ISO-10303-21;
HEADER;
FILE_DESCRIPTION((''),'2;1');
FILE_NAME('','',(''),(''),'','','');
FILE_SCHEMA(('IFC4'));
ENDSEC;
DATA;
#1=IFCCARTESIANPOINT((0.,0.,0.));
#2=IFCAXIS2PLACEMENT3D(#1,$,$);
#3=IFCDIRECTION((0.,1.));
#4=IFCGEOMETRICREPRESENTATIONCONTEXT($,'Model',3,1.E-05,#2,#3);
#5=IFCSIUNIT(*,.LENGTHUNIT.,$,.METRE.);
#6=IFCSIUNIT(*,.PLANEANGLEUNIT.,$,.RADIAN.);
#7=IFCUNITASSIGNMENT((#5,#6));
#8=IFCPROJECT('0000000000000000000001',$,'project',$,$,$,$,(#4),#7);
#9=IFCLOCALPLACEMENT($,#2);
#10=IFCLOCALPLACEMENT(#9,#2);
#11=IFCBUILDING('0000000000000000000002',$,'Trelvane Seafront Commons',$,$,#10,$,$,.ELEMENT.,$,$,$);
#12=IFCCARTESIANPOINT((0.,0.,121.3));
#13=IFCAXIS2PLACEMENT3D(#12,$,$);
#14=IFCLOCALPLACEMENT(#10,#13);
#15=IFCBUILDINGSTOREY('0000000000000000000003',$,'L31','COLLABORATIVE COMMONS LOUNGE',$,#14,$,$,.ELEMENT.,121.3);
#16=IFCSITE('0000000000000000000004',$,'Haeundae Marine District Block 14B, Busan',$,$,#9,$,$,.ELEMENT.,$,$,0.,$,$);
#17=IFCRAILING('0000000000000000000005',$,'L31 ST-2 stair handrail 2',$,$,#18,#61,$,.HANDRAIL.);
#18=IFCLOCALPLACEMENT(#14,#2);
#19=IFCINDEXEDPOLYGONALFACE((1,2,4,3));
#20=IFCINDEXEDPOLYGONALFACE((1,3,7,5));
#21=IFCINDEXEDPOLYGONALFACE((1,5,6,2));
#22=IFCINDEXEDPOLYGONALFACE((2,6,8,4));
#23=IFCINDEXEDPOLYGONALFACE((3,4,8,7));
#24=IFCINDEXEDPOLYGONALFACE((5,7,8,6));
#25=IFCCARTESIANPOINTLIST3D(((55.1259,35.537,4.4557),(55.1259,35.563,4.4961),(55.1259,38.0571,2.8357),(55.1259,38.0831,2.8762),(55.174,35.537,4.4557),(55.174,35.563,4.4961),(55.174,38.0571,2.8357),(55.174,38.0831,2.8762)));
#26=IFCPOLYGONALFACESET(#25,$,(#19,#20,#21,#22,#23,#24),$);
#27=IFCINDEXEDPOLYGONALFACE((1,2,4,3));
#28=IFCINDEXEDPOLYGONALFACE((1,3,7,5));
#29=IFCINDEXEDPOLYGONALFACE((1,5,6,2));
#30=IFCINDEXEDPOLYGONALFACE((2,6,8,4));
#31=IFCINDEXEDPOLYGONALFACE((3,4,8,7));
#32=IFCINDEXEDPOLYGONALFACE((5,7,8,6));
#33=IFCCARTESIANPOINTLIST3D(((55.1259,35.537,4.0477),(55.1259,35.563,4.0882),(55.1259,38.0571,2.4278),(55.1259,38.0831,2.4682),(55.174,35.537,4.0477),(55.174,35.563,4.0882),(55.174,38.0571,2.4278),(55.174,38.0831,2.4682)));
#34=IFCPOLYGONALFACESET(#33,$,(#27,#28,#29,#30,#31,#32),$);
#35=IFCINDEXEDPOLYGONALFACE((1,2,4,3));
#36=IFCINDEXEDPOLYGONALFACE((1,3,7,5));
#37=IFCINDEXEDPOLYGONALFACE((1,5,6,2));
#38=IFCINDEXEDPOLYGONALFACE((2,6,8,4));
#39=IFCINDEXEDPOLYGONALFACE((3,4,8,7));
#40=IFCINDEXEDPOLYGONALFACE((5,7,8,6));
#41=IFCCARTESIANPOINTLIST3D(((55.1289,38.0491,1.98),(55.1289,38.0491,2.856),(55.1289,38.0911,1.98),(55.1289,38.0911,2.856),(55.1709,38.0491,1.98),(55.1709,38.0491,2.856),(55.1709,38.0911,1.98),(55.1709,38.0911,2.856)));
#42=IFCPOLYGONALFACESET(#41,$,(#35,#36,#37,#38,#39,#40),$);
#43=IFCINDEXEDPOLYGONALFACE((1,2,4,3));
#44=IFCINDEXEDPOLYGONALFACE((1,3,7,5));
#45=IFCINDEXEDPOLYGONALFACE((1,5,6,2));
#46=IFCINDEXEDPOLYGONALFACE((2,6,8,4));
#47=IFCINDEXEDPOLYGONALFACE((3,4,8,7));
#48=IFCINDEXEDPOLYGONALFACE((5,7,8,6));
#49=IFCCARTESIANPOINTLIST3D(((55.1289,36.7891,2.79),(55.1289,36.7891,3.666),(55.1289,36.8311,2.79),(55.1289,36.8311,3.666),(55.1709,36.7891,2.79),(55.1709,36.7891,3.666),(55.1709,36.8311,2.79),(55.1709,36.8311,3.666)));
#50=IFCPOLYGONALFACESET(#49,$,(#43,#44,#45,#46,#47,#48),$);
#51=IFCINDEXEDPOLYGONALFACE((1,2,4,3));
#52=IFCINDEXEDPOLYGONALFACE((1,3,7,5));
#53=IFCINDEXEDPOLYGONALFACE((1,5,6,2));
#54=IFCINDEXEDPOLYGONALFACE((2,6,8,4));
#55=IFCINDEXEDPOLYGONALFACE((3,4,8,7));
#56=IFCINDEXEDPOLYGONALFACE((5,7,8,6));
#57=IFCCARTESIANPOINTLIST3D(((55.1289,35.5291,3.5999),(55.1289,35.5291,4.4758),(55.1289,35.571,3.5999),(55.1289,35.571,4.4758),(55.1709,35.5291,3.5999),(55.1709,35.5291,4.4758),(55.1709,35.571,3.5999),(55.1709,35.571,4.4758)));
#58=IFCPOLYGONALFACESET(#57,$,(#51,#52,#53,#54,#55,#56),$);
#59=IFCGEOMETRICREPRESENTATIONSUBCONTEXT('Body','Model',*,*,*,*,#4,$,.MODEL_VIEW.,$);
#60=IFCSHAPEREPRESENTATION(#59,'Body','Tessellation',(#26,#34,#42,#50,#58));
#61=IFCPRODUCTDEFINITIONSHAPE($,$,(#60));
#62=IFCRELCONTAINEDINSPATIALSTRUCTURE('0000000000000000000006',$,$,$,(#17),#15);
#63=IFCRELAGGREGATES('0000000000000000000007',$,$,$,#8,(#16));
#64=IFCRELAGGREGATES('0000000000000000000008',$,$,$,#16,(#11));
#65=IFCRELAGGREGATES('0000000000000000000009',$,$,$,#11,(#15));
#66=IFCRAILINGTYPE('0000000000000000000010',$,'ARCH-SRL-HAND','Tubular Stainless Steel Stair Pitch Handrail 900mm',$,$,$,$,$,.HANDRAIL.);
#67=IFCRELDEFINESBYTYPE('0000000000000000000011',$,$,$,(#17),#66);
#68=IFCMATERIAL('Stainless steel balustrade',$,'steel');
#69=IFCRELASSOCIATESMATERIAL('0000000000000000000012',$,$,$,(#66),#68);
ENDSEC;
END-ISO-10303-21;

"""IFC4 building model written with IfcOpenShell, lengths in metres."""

from ifc_helpers import new_model, si_unit, direction, frame, origin, origin_2d, place, context, subcontext, project, spatial, rectangle, extrude, material, type_object, element, save


model = new_model("IFC4")

# Units and contexts
model_context = context("Model", 3, precision=1e-05, world=origin(), true_north=direction((0.0, 1.0)))
body_context = subcontext(model_context, "Body", "Model", "MODEL_VIEW")
ifc_project = project(units=[si_unit("LENGTHUNIT", "METRE"), si_unit("PLANEANGLEUNIT", "RADIAN")], contexts=[model_context])

# Site, building, storey
site_placement = place(None, origin())
site = spatial("IfcSite", under=ifc_project, at=site_placement, Name="Haeundae Marine District Block 14B, Busan", CompositionType="ELEMENT", RefElevation=0.0)
building_placement = place(site_placement, origin())
building = spatial("IfcBuilding", under=site, at=building_placement, Name="Trelvane Seafront Commons", CompositionType="ELEMENT")
storey_placement = place(building_placement, frame((0.0, 0.0, 121.3)))
storey = spatial("IfcBuildingStorey", under=building, at=storey_placement, Name="L31", Description="COLLABORATIVE COMMONS LOUNGE", CompositionType="ELEMENT", Elevation=121.3)

# Railing
ifc_material_1 = material(Name="Stainless steel balustrade", Category="steel")
railing_type_1 = type_object("IfcRailingType", Name="ARCH-SRL-HAND", Description="Tubular Stainless Steel Stair Pitch Handrail 900mm", PredefinedType="HANDRAIL", material=ifc_material_1)
railing_1_placement = place(storey_placement, frame((55.1499, 38.0701, 1.98)))
element("IfcRailing", 1, at=railing_1_placement, inside=storey, type_object=railing_type_1, Name="L31 ST-2 stair handrail 2", PredefinedType="HANDRAIL", context=body_context, shape_type="SweptSolid", body=[
    extrude(rectangle(XDim=0.0481, YDim=0.0481, at=origin_2d()), frame((0.0, 0.0, 0.876), z_axis=(0.0, -0.8412, 0.540725), x_axis=(1.0, 0.0, 0.0)), (0.0, 0.0, 1.0), 2.9958),
    extrude(rectangle(XDim=0.0481, YDim=0.0481, at=origin_2d()), frame((0.0, 0.0, 0.468), z_axis=(0.0, -0.8412, 0.540725), x_axis=(1.0, 0.0, 0.0)), (0.0, 0.0, 1.0), 2.9958),
    extrude(rectangle(XDim=0.042, YDim=0.042, at=origin_2d()), origin(), (0.0, 0.0, 1.0), 0.876),
    extrude(rectangle(XDim=0.042, YDim=0.042, at=origin_2d()), frame((0.0, -1.26, 0.8101)), (0.0, 0.0, 1.0), 0.876),
    extrude(rectangle(XDim=0.042, YDim=0.042, at=origin_2d()), frame((0.0, -2.52, 1.6199)), (0.0, 0.0, 1.0), 0.876),
])

save(model, "model.ifc")
